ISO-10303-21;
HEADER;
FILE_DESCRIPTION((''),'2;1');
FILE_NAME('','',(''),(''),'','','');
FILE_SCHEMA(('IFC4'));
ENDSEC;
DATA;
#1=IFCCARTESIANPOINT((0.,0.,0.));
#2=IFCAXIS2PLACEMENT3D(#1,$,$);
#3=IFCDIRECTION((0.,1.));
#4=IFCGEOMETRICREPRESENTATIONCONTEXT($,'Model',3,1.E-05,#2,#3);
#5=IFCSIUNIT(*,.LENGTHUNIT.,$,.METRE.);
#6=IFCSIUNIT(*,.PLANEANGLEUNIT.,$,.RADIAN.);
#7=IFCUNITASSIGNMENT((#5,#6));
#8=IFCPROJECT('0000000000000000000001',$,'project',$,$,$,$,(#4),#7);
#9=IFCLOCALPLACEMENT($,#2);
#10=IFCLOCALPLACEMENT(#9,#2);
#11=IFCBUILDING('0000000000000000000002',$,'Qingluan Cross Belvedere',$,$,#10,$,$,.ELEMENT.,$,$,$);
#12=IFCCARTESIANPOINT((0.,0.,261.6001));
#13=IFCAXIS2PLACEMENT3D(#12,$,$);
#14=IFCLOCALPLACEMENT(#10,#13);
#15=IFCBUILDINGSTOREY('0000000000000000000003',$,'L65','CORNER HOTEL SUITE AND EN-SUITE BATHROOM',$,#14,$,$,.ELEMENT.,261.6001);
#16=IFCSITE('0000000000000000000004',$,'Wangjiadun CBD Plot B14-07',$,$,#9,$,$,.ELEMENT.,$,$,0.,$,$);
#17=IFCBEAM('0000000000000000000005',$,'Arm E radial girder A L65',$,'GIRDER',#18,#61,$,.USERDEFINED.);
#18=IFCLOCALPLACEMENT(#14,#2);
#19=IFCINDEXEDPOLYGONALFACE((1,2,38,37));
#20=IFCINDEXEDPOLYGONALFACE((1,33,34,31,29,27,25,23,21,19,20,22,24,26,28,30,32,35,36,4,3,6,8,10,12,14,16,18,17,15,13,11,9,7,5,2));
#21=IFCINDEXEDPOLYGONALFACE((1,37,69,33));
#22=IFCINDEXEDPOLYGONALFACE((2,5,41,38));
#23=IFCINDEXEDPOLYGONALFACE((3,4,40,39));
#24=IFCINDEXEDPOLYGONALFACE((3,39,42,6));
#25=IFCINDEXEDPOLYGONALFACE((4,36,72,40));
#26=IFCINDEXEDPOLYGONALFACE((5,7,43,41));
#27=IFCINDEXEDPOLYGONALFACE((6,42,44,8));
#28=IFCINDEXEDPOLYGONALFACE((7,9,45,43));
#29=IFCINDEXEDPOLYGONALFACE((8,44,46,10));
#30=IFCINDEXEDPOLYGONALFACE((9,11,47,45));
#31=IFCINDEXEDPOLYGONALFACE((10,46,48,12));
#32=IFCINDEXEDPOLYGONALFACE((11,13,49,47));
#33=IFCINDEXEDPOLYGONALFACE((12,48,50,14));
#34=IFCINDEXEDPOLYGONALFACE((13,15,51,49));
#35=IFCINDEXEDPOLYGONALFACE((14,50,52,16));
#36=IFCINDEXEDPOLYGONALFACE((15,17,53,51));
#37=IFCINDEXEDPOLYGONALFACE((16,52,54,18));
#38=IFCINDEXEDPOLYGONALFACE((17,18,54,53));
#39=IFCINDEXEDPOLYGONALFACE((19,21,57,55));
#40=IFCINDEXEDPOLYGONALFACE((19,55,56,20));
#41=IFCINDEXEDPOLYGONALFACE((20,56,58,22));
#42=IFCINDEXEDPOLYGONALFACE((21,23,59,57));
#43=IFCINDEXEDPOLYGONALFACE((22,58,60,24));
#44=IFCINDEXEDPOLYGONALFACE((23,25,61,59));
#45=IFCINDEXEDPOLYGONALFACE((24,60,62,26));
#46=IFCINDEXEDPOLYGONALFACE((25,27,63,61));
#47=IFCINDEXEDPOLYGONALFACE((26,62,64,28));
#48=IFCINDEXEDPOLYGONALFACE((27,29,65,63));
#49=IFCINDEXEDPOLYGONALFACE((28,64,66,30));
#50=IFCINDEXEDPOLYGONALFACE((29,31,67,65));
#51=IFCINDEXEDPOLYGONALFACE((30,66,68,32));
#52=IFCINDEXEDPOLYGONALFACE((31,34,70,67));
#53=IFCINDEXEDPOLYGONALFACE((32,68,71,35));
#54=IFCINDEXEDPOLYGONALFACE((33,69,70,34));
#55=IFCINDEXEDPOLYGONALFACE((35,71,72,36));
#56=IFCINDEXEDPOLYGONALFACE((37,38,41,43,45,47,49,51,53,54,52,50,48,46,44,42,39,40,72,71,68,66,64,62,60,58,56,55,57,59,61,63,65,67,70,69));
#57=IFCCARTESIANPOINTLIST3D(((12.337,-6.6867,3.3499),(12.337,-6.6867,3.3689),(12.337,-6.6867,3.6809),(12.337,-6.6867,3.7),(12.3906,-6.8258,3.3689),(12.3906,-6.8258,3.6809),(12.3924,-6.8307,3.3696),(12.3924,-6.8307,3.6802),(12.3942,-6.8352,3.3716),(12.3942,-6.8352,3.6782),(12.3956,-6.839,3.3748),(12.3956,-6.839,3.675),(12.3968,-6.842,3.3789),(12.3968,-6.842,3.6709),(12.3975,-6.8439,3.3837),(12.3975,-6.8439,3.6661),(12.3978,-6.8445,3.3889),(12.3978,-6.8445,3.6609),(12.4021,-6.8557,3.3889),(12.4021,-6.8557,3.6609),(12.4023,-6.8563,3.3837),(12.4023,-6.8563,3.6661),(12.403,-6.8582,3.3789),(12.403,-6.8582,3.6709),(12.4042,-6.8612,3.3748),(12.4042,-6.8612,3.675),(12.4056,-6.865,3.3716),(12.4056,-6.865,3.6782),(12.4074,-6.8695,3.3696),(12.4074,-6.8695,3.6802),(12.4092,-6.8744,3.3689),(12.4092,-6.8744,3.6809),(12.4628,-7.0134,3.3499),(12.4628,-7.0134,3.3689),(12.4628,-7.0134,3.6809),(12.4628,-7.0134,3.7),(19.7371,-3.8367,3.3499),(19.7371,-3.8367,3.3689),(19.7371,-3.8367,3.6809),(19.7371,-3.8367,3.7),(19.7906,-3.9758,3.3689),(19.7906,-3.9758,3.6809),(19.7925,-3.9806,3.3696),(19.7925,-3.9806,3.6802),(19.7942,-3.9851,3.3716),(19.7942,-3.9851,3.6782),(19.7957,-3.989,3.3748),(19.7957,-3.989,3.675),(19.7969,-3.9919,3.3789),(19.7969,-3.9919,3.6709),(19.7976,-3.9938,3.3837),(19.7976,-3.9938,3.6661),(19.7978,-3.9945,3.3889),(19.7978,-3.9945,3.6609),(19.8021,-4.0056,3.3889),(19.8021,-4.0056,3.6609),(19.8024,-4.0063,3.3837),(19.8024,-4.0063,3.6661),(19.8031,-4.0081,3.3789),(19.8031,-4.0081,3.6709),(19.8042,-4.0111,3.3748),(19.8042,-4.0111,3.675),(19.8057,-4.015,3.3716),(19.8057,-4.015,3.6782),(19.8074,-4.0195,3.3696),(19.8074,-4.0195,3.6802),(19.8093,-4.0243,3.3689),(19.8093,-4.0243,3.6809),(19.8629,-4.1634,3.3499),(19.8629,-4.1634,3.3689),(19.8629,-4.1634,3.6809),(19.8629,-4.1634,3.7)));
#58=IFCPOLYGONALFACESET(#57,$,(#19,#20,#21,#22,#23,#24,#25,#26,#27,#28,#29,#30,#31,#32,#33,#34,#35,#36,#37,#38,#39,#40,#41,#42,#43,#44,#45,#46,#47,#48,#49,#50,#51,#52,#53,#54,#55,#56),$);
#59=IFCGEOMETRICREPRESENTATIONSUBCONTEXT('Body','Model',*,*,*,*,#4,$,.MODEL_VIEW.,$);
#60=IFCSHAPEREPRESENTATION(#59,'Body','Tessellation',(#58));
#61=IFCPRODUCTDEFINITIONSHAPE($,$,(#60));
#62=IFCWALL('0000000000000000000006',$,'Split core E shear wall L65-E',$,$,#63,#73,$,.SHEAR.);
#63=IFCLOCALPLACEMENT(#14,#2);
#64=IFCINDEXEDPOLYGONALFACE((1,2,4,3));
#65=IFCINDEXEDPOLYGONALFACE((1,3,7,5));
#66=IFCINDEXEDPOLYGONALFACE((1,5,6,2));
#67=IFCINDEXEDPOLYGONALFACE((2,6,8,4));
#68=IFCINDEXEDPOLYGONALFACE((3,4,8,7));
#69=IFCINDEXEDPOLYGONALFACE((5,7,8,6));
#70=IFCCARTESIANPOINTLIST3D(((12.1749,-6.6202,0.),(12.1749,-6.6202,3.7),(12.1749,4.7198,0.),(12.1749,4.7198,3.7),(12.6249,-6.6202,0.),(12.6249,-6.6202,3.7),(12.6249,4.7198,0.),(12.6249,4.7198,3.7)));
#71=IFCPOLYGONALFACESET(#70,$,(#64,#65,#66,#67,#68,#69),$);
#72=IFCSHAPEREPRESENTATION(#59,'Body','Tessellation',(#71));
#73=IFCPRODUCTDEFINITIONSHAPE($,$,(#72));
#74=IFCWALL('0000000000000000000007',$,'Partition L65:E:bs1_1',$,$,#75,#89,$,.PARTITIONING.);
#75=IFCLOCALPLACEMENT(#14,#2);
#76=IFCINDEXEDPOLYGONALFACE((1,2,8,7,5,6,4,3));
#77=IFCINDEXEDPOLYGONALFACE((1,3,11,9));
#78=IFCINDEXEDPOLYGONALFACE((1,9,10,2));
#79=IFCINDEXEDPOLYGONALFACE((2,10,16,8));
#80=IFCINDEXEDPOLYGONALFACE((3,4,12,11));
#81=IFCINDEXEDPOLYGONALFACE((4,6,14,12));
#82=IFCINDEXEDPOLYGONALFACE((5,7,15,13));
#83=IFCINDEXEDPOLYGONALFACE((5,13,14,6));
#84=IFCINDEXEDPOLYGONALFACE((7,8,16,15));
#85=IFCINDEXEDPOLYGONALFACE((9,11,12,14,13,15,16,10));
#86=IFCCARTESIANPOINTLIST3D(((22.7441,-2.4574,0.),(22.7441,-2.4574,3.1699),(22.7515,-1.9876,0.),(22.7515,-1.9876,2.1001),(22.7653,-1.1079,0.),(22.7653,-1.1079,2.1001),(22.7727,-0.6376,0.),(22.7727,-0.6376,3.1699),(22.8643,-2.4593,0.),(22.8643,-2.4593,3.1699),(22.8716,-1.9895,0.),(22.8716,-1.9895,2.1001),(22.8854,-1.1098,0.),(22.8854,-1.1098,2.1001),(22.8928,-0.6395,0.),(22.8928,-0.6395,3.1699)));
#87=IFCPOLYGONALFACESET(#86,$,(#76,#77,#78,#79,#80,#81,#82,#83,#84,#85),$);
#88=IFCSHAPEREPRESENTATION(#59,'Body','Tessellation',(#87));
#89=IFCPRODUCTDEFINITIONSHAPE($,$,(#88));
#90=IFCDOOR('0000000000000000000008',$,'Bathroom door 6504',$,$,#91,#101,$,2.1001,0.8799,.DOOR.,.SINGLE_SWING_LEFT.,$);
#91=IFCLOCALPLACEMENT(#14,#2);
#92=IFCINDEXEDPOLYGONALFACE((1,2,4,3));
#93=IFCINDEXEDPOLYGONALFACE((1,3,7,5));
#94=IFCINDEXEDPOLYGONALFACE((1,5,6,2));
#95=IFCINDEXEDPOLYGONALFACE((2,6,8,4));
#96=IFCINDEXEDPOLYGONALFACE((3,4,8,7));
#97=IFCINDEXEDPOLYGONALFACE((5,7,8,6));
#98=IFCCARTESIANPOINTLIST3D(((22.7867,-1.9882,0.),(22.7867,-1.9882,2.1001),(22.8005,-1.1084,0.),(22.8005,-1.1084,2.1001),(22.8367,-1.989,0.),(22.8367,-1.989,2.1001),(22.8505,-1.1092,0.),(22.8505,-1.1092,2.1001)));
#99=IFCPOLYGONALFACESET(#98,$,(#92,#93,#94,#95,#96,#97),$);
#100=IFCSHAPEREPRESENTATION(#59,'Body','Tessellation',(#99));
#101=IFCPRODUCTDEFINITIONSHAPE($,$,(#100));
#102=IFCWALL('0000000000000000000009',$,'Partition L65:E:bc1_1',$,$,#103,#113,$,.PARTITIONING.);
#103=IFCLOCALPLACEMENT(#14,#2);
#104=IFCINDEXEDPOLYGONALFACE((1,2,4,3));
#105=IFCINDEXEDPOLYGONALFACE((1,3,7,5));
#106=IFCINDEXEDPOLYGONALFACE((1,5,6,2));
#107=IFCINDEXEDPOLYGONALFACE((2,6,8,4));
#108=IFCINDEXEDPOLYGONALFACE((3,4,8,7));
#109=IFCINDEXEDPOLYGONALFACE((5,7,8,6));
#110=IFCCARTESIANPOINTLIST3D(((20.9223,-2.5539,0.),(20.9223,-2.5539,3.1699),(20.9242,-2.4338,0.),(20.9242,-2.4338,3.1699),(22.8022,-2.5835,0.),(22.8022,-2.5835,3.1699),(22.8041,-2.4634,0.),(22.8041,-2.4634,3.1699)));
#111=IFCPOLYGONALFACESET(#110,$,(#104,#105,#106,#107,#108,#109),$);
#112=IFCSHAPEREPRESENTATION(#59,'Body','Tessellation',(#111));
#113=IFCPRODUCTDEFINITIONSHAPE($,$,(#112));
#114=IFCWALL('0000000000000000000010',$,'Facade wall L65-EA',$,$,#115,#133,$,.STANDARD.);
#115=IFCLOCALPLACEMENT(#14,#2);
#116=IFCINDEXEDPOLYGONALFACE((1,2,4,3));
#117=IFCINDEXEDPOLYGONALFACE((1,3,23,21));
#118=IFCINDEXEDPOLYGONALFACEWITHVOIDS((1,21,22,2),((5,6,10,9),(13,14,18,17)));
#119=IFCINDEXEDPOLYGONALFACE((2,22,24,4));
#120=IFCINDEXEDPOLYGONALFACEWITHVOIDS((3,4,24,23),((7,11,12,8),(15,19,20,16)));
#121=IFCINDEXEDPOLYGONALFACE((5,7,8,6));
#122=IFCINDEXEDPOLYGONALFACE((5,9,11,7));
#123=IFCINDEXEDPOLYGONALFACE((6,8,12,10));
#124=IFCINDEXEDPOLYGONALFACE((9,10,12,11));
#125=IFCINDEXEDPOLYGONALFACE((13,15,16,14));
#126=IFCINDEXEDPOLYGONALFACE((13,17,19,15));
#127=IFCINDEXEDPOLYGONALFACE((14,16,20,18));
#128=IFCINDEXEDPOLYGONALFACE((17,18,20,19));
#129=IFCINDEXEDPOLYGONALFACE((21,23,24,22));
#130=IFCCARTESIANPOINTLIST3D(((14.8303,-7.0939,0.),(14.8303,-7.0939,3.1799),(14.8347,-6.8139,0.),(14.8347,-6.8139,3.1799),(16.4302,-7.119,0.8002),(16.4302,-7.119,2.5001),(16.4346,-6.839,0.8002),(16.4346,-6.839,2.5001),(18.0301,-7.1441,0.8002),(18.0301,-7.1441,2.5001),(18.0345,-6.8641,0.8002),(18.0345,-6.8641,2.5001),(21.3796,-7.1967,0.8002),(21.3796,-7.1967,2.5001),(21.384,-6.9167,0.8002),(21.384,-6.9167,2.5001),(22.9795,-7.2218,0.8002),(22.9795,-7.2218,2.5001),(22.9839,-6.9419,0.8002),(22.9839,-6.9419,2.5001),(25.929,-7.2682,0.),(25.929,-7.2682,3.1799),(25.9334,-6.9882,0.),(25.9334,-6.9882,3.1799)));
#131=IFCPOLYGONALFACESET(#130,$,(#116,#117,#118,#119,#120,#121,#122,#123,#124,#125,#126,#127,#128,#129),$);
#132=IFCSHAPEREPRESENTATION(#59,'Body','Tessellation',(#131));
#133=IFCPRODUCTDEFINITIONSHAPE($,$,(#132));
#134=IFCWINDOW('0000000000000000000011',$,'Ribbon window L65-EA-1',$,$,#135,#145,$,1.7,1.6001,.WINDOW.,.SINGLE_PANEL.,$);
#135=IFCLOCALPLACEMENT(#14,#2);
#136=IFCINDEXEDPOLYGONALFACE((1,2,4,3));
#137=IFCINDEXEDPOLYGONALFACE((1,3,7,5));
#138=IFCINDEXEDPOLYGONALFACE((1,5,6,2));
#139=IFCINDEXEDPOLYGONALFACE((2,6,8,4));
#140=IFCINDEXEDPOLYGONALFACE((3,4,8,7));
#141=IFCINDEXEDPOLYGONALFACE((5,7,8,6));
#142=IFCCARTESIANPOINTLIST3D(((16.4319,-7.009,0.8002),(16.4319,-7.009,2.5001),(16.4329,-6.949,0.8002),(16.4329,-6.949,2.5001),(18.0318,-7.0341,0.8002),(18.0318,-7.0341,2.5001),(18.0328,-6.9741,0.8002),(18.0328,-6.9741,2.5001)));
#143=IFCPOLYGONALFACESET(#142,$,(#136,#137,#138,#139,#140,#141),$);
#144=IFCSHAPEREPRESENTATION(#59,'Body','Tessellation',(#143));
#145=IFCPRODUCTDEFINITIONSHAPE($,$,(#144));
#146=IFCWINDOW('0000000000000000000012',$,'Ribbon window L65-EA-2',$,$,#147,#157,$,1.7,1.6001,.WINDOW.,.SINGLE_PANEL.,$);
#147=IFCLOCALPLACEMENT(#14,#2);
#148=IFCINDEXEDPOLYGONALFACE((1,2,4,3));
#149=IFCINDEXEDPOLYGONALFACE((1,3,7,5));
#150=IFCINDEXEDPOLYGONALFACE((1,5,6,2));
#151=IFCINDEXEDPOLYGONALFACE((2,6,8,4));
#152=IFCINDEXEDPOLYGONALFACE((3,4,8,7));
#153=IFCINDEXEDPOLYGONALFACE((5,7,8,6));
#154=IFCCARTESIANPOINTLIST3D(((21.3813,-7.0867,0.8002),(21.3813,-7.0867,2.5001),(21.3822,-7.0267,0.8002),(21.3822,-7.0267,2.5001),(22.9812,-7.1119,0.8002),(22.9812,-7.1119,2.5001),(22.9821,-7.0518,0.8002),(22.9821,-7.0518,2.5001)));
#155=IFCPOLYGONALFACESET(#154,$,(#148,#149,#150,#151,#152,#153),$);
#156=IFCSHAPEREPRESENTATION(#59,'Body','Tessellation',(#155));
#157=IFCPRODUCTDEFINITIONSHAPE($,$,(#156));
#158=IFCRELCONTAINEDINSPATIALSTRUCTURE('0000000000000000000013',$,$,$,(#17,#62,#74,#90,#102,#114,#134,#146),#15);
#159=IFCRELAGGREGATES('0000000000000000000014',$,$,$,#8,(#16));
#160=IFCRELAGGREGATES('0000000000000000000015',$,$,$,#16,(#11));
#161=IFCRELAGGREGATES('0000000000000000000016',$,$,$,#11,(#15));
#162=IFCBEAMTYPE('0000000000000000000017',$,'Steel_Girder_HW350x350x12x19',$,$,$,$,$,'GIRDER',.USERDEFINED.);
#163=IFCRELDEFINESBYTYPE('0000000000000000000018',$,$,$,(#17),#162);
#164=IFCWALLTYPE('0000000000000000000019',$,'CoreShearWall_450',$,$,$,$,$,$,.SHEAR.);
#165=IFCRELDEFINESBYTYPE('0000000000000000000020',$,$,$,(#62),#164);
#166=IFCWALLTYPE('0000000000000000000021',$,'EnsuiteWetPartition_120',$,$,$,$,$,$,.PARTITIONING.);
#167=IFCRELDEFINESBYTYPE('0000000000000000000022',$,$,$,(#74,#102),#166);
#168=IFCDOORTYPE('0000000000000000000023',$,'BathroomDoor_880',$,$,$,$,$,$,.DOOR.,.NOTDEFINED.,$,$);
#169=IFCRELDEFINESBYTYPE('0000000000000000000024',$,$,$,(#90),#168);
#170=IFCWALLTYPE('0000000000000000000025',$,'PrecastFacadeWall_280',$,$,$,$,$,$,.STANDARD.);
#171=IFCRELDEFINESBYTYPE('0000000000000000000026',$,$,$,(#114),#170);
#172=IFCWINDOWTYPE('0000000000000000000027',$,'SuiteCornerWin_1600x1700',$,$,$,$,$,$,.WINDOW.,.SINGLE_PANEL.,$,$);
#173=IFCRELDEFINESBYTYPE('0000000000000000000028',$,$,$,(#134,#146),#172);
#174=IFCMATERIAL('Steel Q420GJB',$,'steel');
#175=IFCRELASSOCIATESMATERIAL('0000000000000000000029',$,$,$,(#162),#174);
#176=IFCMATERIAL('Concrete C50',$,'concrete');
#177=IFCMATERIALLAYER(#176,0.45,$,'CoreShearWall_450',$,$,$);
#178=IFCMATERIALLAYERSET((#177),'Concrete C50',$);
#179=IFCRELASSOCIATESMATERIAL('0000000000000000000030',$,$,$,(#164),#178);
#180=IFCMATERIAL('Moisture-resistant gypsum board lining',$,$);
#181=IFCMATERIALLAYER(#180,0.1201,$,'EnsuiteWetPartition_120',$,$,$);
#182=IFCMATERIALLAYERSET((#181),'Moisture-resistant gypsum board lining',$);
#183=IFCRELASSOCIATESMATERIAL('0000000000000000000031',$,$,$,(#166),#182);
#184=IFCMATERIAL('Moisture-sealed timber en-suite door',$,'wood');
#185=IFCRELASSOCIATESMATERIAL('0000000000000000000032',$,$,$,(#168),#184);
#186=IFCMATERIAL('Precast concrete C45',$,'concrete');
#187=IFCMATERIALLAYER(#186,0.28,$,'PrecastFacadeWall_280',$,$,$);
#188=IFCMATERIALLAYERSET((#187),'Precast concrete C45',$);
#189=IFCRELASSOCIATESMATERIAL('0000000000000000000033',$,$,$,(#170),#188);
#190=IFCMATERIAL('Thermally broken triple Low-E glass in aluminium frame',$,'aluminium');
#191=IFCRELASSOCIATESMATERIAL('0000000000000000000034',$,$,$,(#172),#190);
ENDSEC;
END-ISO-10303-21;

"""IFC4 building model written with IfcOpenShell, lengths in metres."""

from ifc_helpers import new_model, si_unit, direction, frame, frame_2d, origin, origin_2d, place, context, subcontext, project, spatial, rectangle, i_section, extrude, material, layer, layer_set, material_profile, profile_set, type_object, element, fill, save


model = new_model("IFC4")

# Units and contexts
model_context = context("Model", 3, precision=1e-05, world=origin(), true_north=direction((0.0, 1.0)))
body_context = subcontext(model_context, "Body", "Model", "MODEL_VIEW")
ifc_project = project(units=[si_unit("LENGTHUNIT", "METRE"), si_unit("PLANEANGLEUNIT", "RADIAN")], contexts=[model_context])

# Site, building, storey
site_placement = place(None, origin())
site = spatial("IfcSite", under=ifc_project, at=site_placement, Name="Wangjiadun CBD Plot B14-07", CompositionType="ELEMENT", RefElevation=0.0)
building_placement = place(site_placement, origin())
building = spatial("IfcBuilding", under=site, at=building_placement, Name="Qingluan Cross Belvedere", CompositionType="ELEMENT")
storey_placement = place(building_placement, frame((0.0, 0.0, 261.6001)))
storey = spatial("IfcBuildingStorey", under=building, at=storey_placement, Name="L65", Description="CORNER HOTEL SUITE AND EN-SUITE BATHROOM", CompositionType="ELEMENT", Elevation=261.6001)

# Beam
ifc_material_1 = material(Name="Steel Q420GJB", Category="steel")
ifc_material_profile_1 = material_profile(ifc_material_1, i_section(OverallWidth=0.3501, OverallDepth=0.3501, WebThickness=0.012, FlangeThickness=0.019, FilletRadius=0.02, at=origin_2d()), Name="HW350x350x12x19")
ifc_profile_set_1 = profile_set([ifc_material_profile_1], Name="Steel Q420GJB")
beam_type_1 = type_object("IfcBeamType", Name="Steel_Girder_HW350x350x12x19", ElementType="GIRDER", PredefinedType="USERDEFINED", material=ifc_profile_set_1)
beam_1_placement = place(storey_placement, frame((12.3999, -6.8501, 3.5249), z_axis=(0.933181, 0.359406, 0.0), x_axis=(-0.359406, 0.933181, 0.0)))
element("IfcBeam", 1, at=beam_1_placement, inside=storey, type_object=beam_type_1, Name="Arm E radial girder A L65", ObjectType="GIRDER", PredefinedType="USERDEFINED", context=body_context, shape_type="SweptSolid", body=[
    extrude(i_section(OverallWidth=0.3501, OverallDepth=0.3501, WebThickness=0.012, FlangeThickness=0.019, FilletRadius=0.02, at=origin_2d()), origin(), (0.0, 0.0, 1.0), 7.9299),
])

# Wall
ifc_material_2 = material(Name="Concrete C50", Category="concrete")
ifc_layer_1 = layer(ifc_material_2, 0.45, Name="CoreShearWall_450")
ifc_layer_set_1 = layer_set([ifc_layer_1], Name="Concrete C50")
wall_type_1 = type_object("IfcWallType", Name="CoreShearWall_450", PredefinedType="SHEAR", material=ifc_layer_set_1)
wall_1_placement = place(storey_placement, frame((12.3999, -6.6201, 0.0), z_axis=(0.0, 0.0, 1.0), x_axis=(0.0, 1.0, 0.0)))
element("IfcWall", 2, at=wall_1_placement, inside=storey, type_object=wall_type_1, Name="Split core E shear wall L65-E", PredefinedType="SHEAR", context=body_context, shape_type="SweptSolid", body=[
    extrude(rectangle(XDim=11.3401, YDim=0.45, at=frame_2d((5.6699, 0.0))), origin(), (0.0, 0.0, 1.0), 3.7),
])

# Wall, opening, door
ifc_material_3 = material(Name="Moisture-resistant gypsum board lining")
ifc_layer_2 = layer(ifc_material_3, 0.1201, Name="EnsuiteWetPartition_120")
ifc_layer_set_2 = layer_set([ifc_layer_2], Name="Moisture-resistant gypsum board lining")
wall_type_2 = type_object("IfcWallType", Name="EnsuiteWetPartition_120", PredefinedType="PARTITIONING", material=ifc_layer_set_2)
wall_2_placement = place(storey_placement, frame((22.8042, -2.4585, 0.0), z_axis=(0.0, 0.0, 1.0), x_axis=(0.015694, 0.999877, 0.0)))
wall_2 = element("IfcWall", 3, at=wall_2_placement, inside=storey, type_object=wall_type_2, Name="Partition L65:E:bs1_1", PredefinedType="PARTITIONING", context=body_context, shape_type="SweptSolid", body=[
    extrude(rectangle(XDim=1.8201, YDim=0.1201, at=frame_2d((0.9102, 0.0))), origin(), (0.0, 0.0, 1.0), 3.1699),
])
opening_1_placement = place(wall_2_placement, frame((0.47, 0.0, 0.0)))
opening_1 = element("IfcOpeningElement", 4, at=opening_1_placement, cuts=wall_2, PredefinedType="OPENING", context=body_context, shape_type="SweptSolid", body=[
    extrude(rectangle(XDim=0.8799, YDim=2.1001, at=frame_2d((0.4399, 1.05))), frame((0.0, 0.0701, 0.0), z_axis=(0.0, -1.0, 0.0), x_axis=(1.0, 0.0, 0.0)), (0.0, 0.0, 1.0), 0.1401),
])
ifc_material_4 = material(Name="Moisture-sealed timber en-suite door", Category="wood")
door_type = type_object("IfcDoorType", Name="BathroomDoor_880", OperationType="NOTDEFINED", PredefinedType="DOOR", material=ifc_material_4)
door_placement = place(opening_1_placement, origin())
door = element("IfcDoor", 5, at=door_placement, inside=storey, type_object=door_type, Name="Bathroom door 6504", OperationType="SINGLE_SWING_LEFT", OverallHeight=2.1001, OverallWidth=0.8799, PredefinedType="DOOR", context=body_context, shape_type="SweptSolid", body=[
    extrude(rectangle(XDim=0.8799, YDim=2.1001, at=frame_2d((0.4399, 1.05))), frame((0.0, 0.0249, 0.0), z_axis=(0.0, -1.0, 0.0), x_axis=(1.0, 0.0, 0.0)), (0.0, 0.0, 1.0), 0.05),
])
fill(opening_1, door)

# Wall
wall_3_placement = place(storey_placement, frame((20.9233, -2.4939, 0.0), z_axis=(0.0, 0.0, 1.0), x_axis=(0.999877, -0.015712, 0.0)))
element("IfcWall", 6, at=wall_3_placement, inside=storey, type_object=wall_type_2, Name="Partition L65:E:bc1_1", PredefinedType="PARTITIONING", context=body_context, shape_type="SweptSolid", body=[
    extrude(rectangle(XDim=1.8801, YDim=0.1201, at=frame_2d((0.9399, 0.0))), origin(), (0.0, 0.0, 1.0), 3.1699),
])

# Wall, openings, windows
ifc_material_5 = material(Name="Precast concrete C45", Category="concrete")
ifc_layer_3 = layer(ifc_material_5, 0.28, Name="PrecastFacadeWall_280")
ifc_layer_set_3 = layer_set([ifc_layer_3], Name="Precast concrete C45")
wall_type_3 = type_object("IfcWallType", Name="PrecastFacadeWall_280", PredefinedType="STANDARD", material=ifc_layer_set_3)
wall_4_placement = place(storey_placement, frame((14.8325, -6.9539, 0.0), z_axis=(0.0, 0.0, 1.0), x_axis=(0.999877, -0.015704, 0.0)))
wall_4 = element("IfcWall", 7, at=wall_4_placement, inside=storey, type_object=wall_type_3, Name="Facade wall L65-EA", PredefinedType="STANDARD", context=body_context, shape_type="SweptSolid", body=[
    extrude(rectangle(XDim=11.1001, YDim=0.28, at=frame_2d((5.55, 0.0))), origin(), (0.0, 0.0, 1.0), 3.1799),
])
opening_2_placement = place(wall_4_placement, frame((1.6001, 0.0, 0.8)))
opening_2 = element("IfcOpeningElement", 8, at=opening_2_placement, cuts=wall_4, PredefinedType="OPENING", context=body_context, shape_type="SweptSolid", body=[
    extrude(rectangle(XDim=1.6001, YDim=1.7, at=frame_2d((0.8, 0.8501))), frame((0.0, 0.1499, 0.0), z_axis=(0.0, -1.0, 0.0), x_axis=(1.0, 0.0, 0.0)), (0.0, 0.0, 1.0), 0.3),
])
opening_3_placement = place(wall_4_placement, frame((6.55, 0.0, 0.8)))
opening_3 = element("IfcOpeningElement", 9, at=opening_3_placement, cuts=wall_4, PredefinedType="OPENING", context=body_context, shape_type="SweptSolid", body=[
    extrude(rectangle(XDim=1.6001, YDim=1.7, at=frame_2d((0.8, 0.8501))), frame((0.0, 0.1499, 0.0), z_axis=(0.0, -1.0, 0.0), x_axis=(1.0, 0.0, 0.0)), (0.0, 0.0, 1.0), 0.3),
])
ifc_material_6 = material(Name="Thermally broken triple Low-E glass in aluminium frame", Category="aluminium")
window_type_1 = type_object("IfcWindowType", Name="SuiteCornerWin_1600x1700", PartitioningType="SINGLE_PANEL", PredefinedType="WINDOW", material=ifc_material_6)
window_1_placement = place(opening_2_placement, origin())
window_1 = element("IfcWindow", 10, at=window_1_placement, inside=storey, type_object=window_type_1, Name="Ribbon window L65-EA-1", OverallHeight=1.7, OverallWidth=1.6001, PartitioningType="SINGLE_PANEL", PredefinedType="WINDOW", context=body_context, shape_type="SweptSolid", body=[
    extrude(rectangle(XDim=1.6001, YDim=1.7, at=frame_2d((0.8, 0.8501))), frame((0.0, 0.03, 0.0), z_axis=(0.0, -1.0, 0.0), x_axis=(1.0, 0.0, 0.0)), (0.0, 0.0, 1.0), 0.0601),
])
fill(opening_2, window_1)
window_2_placement = place(opening_3_placement, origin())
window_2 = element("IfcWindow", 11, at=window_2_placement, inside=storey, type_object=window_type_1, Name="Ribbon window L65-EA-2", OverallHeight=1.7, OverallWidth=1.6001, PartitioningType="SINGLE_PANEL", PredefinedType="WINDOW", context=body_context, shape_type="SweptSolid", body=[
    extrude(rectangle(XDim=1.6001, YDim=1.7, at=frame_2d((0.8, 0.8501))), frame((0.0, 0.03, 0.0), z_axis=(0.0, -1.0, 0.0), x_axis=(1.0, 0.0, 0.0)), (0.0, 0.0, 1.0), 0.0601),
])
fill(opening_3, window_2)

save(model, "model.ifc")
